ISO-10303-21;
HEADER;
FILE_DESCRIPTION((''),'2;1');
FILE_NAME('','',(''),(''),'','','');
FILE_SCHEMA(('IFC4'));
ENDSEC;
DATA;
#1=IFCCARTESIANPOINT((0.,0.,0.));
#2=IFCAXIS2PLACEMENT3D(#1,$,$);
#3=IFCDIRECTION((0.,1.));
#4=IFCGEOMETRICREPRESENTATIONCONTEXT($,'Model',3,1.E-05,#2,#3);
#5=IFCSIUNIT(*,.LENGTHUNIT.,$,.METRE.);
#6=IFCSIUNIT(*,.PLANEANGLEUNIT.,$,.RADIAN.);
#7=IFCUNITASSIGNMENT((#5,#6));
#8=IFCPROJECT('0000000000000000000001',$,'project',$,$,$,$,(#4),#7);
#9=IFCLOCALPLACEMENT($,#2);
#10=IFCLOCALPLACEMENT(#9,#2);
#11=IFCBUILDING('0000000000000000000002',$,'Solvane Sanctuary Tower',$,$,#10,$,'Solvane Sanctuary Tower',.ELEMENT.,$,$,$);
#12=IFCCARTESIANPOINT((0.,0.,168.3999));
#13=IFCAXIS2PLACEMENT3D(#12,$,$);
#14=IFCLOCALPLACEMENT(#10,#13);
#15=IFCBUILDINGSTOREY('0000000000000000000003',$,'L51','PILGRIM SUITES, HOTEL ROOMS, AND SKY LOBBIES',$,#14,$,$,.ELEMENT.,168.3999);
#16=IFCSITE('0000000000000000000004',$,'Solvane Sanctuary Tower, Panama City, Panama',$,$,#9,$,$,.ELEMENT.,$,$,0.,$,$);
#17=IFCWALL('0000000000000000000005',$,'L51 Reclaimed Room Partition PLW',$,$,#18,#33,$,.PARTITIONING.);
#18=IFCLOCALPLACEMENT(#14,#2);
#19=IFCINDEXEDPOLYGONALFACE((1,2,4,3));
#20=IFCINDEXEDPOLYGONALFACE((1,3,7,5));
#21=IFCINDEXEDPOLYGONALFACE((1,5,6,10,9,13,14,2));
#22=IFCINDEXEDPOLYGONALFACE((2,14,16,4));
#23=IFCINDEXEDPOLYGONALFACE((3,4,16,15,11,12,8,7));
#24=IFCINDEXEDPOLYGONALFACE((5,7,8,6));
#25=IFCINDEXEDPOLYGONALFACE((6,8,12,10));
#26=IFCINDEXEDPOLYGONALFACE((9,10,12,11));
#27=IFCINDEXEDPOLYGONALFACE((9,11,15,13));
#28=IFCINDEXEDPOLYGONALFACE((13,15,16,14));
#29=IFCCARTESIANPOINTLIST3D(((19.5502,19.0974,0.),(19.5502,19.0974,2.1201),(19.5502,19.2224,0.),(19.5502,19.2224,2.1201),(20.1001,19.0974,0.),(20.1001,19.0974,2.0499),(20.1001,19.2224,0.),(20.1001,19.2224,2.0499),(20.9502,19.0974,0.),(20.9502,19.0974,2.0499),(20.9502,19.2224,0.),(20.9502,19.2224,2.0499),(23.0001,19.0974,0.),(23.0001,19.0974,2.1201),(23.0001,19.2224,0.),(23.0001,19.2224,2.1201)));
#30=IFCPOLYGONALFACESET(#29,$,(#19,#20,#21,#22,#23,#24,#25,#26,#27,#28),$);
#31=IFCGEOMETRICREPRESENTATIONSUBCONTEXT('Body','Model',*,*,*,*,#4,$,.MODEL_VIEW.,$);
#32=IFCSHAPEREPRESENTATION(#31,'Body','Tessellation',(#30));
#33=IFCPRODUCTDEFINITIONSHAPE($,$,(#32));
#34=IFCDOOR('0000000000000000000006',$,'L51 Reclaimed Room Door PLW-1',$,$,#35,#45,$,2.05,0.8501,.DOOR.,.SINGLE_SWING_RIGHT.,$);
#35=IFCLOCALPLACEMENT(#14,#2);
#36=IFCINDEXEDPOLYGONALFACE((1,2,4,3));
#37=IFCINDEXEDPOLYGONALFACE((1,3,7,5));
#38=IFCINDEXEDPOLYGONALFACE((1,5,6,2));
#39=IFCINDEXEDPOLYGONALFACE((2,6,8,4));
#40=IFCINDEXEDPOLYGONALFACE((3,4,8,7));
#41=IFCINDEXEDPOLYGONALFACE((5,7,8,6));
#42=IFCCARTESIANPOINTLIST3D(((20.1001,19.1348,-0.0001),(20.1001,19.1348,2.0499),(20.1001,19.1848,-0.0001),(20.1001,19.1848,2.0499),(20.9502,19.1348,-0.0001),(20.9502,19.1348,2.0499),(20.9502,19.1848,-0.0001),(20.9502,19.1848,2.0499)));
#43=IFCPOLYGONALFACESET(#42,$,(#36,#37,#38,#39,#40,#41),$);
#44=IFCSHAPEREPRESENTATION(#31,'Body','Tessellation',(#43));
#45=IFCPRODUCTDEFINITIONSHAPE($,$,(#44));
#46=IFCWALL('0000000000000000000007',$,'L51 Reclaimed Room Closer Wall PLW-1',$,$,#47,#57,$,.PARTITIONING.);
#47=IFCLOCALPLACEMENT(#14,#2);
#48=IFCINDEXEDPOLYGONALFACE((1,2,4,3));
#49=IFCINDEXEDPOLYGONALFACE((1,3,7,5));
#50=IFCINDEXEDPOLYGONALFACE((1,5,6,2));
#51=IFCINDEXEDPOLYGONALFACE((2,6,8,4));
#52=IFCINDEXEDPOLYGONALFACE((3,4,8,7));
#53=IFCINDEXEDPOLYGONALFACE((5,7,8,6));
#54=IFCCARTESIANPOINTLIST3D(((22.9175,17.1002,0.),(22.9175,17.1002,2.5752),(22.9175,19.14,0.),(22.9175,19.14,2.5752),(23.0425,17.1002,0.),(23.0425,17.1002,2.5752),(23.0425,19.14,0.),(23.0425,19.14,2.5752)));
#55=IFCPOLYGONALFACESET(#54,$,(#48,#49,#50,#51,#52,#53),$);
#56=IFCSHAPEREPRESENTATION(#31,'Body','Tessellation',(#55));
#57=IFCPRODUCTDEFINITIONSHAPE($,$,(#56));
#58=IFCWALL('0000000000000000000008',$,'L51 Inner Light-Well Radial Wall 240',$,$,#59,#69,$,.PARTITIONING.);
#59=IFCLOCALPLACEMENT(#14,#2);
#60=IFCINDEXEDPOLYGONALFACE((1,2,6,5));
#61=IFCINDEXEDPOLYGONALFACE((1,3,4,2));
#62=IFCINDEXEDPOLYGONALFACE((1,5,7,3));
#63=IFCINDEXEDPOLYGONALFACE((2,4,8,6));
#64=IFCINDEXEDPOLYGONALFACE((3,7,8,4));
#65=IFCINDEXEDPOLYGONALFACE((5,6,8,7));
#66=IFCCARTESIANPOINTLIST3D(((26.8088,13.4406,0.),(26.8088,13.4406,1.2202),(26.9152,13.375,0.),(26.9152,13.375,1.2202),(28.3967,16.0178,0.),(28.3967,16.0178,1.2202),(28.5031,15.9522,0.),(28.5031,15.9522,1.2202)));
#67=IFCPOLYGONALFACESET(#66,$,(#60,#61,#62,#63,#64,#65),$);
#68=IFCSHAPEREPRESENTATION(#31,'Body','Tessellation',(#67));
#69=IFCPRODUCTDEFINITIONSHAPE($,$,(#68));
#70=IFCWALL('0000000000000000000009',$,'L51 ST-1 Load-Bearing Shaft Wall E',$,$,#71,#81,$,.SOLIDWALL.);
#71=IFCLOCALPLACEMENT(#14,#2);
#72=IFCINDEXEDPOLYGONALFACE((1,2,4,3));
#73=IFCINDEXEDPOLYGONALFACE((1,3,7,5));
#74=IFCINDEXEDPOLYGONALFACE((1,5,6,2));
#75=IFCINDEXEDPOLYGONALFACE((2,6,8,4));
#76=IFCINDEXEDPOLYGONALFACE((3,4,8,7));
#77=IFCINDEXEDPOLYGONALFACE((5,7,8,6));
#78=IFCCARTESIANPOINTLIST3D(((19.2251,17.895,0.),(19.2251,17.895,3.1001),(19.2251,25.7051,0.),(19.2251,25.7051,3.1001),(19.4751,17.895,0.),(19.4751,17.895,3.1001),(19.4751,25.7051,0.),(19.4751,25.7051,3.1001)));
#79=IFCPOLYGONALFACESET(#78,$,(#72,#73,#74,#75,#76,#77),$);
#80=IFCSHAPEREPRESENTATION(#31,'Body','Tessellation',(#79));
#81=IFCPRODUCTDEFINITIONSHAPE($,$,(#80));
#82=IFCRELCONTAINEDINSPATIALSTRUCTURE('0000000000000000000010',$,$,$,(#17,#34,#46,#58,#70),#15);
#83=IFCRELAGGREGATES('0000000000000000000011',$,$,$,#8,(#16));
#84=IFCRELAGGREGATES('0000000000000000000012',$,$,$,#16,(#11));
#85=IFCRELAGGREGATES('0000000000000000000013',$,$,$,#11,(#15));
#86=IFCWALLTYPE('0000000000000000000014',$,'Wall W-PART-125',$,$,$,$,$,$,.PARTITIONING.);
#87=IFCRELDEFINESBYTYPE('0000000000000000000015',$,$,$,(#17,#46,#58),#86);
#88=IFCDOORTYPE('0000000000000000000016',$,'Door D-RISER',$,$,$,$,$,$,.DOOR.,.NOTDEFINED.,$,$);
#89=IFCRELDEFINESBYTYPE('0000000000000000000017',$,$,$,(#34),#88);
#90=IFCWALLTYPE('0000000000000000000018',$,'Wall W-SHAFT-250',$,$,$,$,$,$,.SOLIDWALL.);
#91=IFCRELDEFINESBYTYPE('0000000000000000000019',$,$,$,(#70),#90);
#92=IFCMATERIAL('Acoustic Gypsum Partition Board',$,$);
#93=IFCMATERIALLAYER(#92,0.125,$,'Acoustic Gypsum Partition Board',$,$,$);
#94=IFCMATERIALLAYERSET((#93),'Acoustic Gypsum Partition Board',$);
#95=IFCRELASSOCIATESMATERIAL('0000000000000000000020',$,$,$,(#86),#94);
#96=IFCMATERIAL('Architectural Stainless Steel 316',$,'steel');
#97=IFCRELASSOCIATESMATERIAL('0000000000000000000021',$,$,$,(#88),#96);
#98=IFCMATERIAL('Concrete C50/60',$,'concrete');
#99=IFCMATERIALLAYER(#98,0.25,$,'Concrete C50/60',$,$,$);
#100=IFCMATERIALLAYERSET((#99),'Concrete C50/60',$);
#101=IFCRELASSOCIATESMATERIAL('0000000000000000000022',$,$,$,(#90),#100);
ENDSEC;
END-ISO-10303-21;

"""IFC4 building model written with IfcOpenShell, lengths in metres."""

from ifc_helpers import new_model, si_unit, direction, frame, frame_2d, origin, place, context, subcontext, project, spatial, rectangle, extrude, material, layer, layer_set, type_object, element, fill, save


model = new_model("IFC4")

# Units and contexts
model_context = context("Model", 3, precision=1e-05, world=origin(), true_north=direction((0.0, 1.0)))
body_context = subcontext(model_context, "Body", "Model", "MODEL_VIEW")
ifc_project = project(units=[si_unit("LENGTHUNIT", "METRE"), si_unit("PLANEANGLEUNIT", "RADIAN")], contexts=[model_context])

# Site, building, storey
site_placement = place(None, origin())
site = spatial("IfcSite", under=ifc_project, at=site_placement, Name="Solvane Sanctuary Tower, Panama City, Panama", CompositionType="ELEMENT", RefElevation=0.0)
building_placement = place(site_placement, origin())
building = spatial("IfcBuilding", under=site, at=building_placement, Name="Solvane Sanctuary Tower", LongName="Solvane Sanctuary Tower", CompositionType="ELEMENT")
storey_placement = place(building_placement, frame((0.0, 0.0, 168.3999)))
storey = spatial("IfcBuildingStorey", under=building, at=storey_placement, Name="L51", Description="PILGRIM SUITES, HOTEL ROOMS, AND SKY LOBBIES", CompositionType="ELEMENT", Elevation=168.3999)

# Shared definitions
ifc_material_1 = material(Name="Concrete C50/60", Category="concrete")

# Wall, opening, door
ifc_material_2 = material(Name="Acoustic Gypsum Partition Board")
ifc_layer_1 = layer(ifc_material_2, 0.125, Name="Acoustic Gypsum Partition Board")
ifc_layer_set_1 = layer_set([ifc_layer_1], Name="Acoustic Gypsum Partition Board")
wall_type_1 = type_object("IfcWallType", Name="Wall W-PART-125", PredefinedType="PARTITIONING", material=ifc_layer_set_1)
wall_1_placement = place(storey_placement, frame((19.55, 19.1599, 0.0), z_axis=(0.0, 0.0, 1.0), x_axis=(1.0, 0.0, 0.0)))
wall_1 = element("IfcWall", 1, at=wall_1_placement, inside=storey, type_object=wall_type_1, Name="L51 Reclaimed Room Partition PLW", PredefinedType="PARTITIONING", context=body_context, shape_type="SweptSolid", body=[
    extrude(rectangle(XDim=3.45, YDim=0.125, at=frame_2d((1.7251, 0.0))), origin(), (0.0, 0.0, 1.0), 2.1201),
])
opening_placement = place(wall_1_placement, frame((0.55, 0.0, 0.0)))
opening = element("IfcOpeningElement", 2, at=opening_placement, cuts=wall_1, PredefinedType="OPENING", context=body_context, shape_type="SweptSolid", body=[
    extrude(rectangle(XDim=0.8501, YDim=2.05, at=frame_2d((0.425, 1.0249))), frame((0.0, 0.0725, 0.0), z_axis=(0.0, -1.0, 0.0), x_axis=(1.0, 0.0, 0.0)), (0.0, 0.0, 1.0), 0.145),
])
ifc_material_3 = material(Name="Architectural Stainless Steel 316", Category="steel")
door_type = type_object("IfcDoorType", Name="Door D-RISER", OperationType="NOTDEFINED", PredefinedType="DOOR", material=ifc_material_3)
door_placement = place(opening_placement, origin())
door = element("IfcDoor", 3, at=door_placement, inside=storey, type_object=door_type, Name="L51 Reclaimed Room Door PLW-1", OperationType="SINGLE_SWING_RIGHT", OverallHeight=2.05, OverallWidth=0.8501, PredefinedType="DOOR", context=body_context, shape_type="SweptSolid", body=[
    extrude(rectangle(XDim=0.8501, YDim=2.05, at=frame_2d((0.425, 1.0249))), frame((0.0, 0.0249, 0.0), z_axis=(0.0, -1.0, 0.0), x_axis=(1.0, 0.0, 0.0)), (0.0, 0.0, 1.0), 0.05),
])
fill(opening, door)

# Walls
wall_2_placement = place(storey_placement, frame((22.98, 17.1001, 0.0), z_axis=(0.0, 0.0, 1.0), x_axis=(0.0, 1.0, 0.0)))
element("IfcWall", 4, at=wall_2_placement, inside=storey, type_object=wall_type_1, Name="L51 Reclaimed Room Closer Wall PLW-1", PredefinedType="PARTITIONING", context=body_context, shape_type="SweptSolid", body=[
    extrude(rectangle(XDim=2.0398, YDim=0.125, at=frame_2d((1.02, 0.0))), origin(), (0.0, 0.0, 1.0), 2.5752),
])
wall_3_placement = place(storey_placement, frame((28.45, 15.9851, 0.0), z_axis=(0.0, 0.0, 1.0), x_axis=(-0.524565, -0.85137, 0.0)))
element("IfcWall", 5, at=wall_3_placement, inside=storey, type_object=wall_type_1, Name="L51 Inner Light-Well Radial Wall 240", PredefinedType="PARTITIONING", context=body_context, shape_type="SweptSolid", body=[
    extrude(rectangle(XDim=3.0271, YDim=0.125, at=frame_2d((1.5137, 0.0))), origin(), (0.0, 0.0, 1.0), 1.2202),
])
ifc_layer_2 = layer(ifc_material_1, 0.25, Name="Concrete C50/60")
ifc_layer_set_2 = layer_set([ifc_layer_2], Name="Concrete C50/60")
wall_type_2 = type_object("IfcWallType", Name="Wall W-SHAFT-250", PredefinedType="SOLIDWALL", material=ifc_layer_set_2)
wall_4_placement = place(storey_placement, frame((19.3501, 17.895, 0.0), z_axis=(0.0, 0.0, 1.0), x_axis=(0.0, 1.0, 0.0)))
element("IfcWall", 6, at=wall_4_placement, inside=storey, type_object=wall_type_2, Name="L51 ST-1 Load-Bearing Shaft Wall E", PredefinedType="SOLIDWALL", context=body_context, shape_type="SweptSolid", body=[
    extrude(rectangle(XDim=7.8101, YDim=0.25, at=frame_2d((3.905, 0.0))), origin(), (0.0, 0.0, 1.0), 3.1001),
])

save(model, "model.ifc")
